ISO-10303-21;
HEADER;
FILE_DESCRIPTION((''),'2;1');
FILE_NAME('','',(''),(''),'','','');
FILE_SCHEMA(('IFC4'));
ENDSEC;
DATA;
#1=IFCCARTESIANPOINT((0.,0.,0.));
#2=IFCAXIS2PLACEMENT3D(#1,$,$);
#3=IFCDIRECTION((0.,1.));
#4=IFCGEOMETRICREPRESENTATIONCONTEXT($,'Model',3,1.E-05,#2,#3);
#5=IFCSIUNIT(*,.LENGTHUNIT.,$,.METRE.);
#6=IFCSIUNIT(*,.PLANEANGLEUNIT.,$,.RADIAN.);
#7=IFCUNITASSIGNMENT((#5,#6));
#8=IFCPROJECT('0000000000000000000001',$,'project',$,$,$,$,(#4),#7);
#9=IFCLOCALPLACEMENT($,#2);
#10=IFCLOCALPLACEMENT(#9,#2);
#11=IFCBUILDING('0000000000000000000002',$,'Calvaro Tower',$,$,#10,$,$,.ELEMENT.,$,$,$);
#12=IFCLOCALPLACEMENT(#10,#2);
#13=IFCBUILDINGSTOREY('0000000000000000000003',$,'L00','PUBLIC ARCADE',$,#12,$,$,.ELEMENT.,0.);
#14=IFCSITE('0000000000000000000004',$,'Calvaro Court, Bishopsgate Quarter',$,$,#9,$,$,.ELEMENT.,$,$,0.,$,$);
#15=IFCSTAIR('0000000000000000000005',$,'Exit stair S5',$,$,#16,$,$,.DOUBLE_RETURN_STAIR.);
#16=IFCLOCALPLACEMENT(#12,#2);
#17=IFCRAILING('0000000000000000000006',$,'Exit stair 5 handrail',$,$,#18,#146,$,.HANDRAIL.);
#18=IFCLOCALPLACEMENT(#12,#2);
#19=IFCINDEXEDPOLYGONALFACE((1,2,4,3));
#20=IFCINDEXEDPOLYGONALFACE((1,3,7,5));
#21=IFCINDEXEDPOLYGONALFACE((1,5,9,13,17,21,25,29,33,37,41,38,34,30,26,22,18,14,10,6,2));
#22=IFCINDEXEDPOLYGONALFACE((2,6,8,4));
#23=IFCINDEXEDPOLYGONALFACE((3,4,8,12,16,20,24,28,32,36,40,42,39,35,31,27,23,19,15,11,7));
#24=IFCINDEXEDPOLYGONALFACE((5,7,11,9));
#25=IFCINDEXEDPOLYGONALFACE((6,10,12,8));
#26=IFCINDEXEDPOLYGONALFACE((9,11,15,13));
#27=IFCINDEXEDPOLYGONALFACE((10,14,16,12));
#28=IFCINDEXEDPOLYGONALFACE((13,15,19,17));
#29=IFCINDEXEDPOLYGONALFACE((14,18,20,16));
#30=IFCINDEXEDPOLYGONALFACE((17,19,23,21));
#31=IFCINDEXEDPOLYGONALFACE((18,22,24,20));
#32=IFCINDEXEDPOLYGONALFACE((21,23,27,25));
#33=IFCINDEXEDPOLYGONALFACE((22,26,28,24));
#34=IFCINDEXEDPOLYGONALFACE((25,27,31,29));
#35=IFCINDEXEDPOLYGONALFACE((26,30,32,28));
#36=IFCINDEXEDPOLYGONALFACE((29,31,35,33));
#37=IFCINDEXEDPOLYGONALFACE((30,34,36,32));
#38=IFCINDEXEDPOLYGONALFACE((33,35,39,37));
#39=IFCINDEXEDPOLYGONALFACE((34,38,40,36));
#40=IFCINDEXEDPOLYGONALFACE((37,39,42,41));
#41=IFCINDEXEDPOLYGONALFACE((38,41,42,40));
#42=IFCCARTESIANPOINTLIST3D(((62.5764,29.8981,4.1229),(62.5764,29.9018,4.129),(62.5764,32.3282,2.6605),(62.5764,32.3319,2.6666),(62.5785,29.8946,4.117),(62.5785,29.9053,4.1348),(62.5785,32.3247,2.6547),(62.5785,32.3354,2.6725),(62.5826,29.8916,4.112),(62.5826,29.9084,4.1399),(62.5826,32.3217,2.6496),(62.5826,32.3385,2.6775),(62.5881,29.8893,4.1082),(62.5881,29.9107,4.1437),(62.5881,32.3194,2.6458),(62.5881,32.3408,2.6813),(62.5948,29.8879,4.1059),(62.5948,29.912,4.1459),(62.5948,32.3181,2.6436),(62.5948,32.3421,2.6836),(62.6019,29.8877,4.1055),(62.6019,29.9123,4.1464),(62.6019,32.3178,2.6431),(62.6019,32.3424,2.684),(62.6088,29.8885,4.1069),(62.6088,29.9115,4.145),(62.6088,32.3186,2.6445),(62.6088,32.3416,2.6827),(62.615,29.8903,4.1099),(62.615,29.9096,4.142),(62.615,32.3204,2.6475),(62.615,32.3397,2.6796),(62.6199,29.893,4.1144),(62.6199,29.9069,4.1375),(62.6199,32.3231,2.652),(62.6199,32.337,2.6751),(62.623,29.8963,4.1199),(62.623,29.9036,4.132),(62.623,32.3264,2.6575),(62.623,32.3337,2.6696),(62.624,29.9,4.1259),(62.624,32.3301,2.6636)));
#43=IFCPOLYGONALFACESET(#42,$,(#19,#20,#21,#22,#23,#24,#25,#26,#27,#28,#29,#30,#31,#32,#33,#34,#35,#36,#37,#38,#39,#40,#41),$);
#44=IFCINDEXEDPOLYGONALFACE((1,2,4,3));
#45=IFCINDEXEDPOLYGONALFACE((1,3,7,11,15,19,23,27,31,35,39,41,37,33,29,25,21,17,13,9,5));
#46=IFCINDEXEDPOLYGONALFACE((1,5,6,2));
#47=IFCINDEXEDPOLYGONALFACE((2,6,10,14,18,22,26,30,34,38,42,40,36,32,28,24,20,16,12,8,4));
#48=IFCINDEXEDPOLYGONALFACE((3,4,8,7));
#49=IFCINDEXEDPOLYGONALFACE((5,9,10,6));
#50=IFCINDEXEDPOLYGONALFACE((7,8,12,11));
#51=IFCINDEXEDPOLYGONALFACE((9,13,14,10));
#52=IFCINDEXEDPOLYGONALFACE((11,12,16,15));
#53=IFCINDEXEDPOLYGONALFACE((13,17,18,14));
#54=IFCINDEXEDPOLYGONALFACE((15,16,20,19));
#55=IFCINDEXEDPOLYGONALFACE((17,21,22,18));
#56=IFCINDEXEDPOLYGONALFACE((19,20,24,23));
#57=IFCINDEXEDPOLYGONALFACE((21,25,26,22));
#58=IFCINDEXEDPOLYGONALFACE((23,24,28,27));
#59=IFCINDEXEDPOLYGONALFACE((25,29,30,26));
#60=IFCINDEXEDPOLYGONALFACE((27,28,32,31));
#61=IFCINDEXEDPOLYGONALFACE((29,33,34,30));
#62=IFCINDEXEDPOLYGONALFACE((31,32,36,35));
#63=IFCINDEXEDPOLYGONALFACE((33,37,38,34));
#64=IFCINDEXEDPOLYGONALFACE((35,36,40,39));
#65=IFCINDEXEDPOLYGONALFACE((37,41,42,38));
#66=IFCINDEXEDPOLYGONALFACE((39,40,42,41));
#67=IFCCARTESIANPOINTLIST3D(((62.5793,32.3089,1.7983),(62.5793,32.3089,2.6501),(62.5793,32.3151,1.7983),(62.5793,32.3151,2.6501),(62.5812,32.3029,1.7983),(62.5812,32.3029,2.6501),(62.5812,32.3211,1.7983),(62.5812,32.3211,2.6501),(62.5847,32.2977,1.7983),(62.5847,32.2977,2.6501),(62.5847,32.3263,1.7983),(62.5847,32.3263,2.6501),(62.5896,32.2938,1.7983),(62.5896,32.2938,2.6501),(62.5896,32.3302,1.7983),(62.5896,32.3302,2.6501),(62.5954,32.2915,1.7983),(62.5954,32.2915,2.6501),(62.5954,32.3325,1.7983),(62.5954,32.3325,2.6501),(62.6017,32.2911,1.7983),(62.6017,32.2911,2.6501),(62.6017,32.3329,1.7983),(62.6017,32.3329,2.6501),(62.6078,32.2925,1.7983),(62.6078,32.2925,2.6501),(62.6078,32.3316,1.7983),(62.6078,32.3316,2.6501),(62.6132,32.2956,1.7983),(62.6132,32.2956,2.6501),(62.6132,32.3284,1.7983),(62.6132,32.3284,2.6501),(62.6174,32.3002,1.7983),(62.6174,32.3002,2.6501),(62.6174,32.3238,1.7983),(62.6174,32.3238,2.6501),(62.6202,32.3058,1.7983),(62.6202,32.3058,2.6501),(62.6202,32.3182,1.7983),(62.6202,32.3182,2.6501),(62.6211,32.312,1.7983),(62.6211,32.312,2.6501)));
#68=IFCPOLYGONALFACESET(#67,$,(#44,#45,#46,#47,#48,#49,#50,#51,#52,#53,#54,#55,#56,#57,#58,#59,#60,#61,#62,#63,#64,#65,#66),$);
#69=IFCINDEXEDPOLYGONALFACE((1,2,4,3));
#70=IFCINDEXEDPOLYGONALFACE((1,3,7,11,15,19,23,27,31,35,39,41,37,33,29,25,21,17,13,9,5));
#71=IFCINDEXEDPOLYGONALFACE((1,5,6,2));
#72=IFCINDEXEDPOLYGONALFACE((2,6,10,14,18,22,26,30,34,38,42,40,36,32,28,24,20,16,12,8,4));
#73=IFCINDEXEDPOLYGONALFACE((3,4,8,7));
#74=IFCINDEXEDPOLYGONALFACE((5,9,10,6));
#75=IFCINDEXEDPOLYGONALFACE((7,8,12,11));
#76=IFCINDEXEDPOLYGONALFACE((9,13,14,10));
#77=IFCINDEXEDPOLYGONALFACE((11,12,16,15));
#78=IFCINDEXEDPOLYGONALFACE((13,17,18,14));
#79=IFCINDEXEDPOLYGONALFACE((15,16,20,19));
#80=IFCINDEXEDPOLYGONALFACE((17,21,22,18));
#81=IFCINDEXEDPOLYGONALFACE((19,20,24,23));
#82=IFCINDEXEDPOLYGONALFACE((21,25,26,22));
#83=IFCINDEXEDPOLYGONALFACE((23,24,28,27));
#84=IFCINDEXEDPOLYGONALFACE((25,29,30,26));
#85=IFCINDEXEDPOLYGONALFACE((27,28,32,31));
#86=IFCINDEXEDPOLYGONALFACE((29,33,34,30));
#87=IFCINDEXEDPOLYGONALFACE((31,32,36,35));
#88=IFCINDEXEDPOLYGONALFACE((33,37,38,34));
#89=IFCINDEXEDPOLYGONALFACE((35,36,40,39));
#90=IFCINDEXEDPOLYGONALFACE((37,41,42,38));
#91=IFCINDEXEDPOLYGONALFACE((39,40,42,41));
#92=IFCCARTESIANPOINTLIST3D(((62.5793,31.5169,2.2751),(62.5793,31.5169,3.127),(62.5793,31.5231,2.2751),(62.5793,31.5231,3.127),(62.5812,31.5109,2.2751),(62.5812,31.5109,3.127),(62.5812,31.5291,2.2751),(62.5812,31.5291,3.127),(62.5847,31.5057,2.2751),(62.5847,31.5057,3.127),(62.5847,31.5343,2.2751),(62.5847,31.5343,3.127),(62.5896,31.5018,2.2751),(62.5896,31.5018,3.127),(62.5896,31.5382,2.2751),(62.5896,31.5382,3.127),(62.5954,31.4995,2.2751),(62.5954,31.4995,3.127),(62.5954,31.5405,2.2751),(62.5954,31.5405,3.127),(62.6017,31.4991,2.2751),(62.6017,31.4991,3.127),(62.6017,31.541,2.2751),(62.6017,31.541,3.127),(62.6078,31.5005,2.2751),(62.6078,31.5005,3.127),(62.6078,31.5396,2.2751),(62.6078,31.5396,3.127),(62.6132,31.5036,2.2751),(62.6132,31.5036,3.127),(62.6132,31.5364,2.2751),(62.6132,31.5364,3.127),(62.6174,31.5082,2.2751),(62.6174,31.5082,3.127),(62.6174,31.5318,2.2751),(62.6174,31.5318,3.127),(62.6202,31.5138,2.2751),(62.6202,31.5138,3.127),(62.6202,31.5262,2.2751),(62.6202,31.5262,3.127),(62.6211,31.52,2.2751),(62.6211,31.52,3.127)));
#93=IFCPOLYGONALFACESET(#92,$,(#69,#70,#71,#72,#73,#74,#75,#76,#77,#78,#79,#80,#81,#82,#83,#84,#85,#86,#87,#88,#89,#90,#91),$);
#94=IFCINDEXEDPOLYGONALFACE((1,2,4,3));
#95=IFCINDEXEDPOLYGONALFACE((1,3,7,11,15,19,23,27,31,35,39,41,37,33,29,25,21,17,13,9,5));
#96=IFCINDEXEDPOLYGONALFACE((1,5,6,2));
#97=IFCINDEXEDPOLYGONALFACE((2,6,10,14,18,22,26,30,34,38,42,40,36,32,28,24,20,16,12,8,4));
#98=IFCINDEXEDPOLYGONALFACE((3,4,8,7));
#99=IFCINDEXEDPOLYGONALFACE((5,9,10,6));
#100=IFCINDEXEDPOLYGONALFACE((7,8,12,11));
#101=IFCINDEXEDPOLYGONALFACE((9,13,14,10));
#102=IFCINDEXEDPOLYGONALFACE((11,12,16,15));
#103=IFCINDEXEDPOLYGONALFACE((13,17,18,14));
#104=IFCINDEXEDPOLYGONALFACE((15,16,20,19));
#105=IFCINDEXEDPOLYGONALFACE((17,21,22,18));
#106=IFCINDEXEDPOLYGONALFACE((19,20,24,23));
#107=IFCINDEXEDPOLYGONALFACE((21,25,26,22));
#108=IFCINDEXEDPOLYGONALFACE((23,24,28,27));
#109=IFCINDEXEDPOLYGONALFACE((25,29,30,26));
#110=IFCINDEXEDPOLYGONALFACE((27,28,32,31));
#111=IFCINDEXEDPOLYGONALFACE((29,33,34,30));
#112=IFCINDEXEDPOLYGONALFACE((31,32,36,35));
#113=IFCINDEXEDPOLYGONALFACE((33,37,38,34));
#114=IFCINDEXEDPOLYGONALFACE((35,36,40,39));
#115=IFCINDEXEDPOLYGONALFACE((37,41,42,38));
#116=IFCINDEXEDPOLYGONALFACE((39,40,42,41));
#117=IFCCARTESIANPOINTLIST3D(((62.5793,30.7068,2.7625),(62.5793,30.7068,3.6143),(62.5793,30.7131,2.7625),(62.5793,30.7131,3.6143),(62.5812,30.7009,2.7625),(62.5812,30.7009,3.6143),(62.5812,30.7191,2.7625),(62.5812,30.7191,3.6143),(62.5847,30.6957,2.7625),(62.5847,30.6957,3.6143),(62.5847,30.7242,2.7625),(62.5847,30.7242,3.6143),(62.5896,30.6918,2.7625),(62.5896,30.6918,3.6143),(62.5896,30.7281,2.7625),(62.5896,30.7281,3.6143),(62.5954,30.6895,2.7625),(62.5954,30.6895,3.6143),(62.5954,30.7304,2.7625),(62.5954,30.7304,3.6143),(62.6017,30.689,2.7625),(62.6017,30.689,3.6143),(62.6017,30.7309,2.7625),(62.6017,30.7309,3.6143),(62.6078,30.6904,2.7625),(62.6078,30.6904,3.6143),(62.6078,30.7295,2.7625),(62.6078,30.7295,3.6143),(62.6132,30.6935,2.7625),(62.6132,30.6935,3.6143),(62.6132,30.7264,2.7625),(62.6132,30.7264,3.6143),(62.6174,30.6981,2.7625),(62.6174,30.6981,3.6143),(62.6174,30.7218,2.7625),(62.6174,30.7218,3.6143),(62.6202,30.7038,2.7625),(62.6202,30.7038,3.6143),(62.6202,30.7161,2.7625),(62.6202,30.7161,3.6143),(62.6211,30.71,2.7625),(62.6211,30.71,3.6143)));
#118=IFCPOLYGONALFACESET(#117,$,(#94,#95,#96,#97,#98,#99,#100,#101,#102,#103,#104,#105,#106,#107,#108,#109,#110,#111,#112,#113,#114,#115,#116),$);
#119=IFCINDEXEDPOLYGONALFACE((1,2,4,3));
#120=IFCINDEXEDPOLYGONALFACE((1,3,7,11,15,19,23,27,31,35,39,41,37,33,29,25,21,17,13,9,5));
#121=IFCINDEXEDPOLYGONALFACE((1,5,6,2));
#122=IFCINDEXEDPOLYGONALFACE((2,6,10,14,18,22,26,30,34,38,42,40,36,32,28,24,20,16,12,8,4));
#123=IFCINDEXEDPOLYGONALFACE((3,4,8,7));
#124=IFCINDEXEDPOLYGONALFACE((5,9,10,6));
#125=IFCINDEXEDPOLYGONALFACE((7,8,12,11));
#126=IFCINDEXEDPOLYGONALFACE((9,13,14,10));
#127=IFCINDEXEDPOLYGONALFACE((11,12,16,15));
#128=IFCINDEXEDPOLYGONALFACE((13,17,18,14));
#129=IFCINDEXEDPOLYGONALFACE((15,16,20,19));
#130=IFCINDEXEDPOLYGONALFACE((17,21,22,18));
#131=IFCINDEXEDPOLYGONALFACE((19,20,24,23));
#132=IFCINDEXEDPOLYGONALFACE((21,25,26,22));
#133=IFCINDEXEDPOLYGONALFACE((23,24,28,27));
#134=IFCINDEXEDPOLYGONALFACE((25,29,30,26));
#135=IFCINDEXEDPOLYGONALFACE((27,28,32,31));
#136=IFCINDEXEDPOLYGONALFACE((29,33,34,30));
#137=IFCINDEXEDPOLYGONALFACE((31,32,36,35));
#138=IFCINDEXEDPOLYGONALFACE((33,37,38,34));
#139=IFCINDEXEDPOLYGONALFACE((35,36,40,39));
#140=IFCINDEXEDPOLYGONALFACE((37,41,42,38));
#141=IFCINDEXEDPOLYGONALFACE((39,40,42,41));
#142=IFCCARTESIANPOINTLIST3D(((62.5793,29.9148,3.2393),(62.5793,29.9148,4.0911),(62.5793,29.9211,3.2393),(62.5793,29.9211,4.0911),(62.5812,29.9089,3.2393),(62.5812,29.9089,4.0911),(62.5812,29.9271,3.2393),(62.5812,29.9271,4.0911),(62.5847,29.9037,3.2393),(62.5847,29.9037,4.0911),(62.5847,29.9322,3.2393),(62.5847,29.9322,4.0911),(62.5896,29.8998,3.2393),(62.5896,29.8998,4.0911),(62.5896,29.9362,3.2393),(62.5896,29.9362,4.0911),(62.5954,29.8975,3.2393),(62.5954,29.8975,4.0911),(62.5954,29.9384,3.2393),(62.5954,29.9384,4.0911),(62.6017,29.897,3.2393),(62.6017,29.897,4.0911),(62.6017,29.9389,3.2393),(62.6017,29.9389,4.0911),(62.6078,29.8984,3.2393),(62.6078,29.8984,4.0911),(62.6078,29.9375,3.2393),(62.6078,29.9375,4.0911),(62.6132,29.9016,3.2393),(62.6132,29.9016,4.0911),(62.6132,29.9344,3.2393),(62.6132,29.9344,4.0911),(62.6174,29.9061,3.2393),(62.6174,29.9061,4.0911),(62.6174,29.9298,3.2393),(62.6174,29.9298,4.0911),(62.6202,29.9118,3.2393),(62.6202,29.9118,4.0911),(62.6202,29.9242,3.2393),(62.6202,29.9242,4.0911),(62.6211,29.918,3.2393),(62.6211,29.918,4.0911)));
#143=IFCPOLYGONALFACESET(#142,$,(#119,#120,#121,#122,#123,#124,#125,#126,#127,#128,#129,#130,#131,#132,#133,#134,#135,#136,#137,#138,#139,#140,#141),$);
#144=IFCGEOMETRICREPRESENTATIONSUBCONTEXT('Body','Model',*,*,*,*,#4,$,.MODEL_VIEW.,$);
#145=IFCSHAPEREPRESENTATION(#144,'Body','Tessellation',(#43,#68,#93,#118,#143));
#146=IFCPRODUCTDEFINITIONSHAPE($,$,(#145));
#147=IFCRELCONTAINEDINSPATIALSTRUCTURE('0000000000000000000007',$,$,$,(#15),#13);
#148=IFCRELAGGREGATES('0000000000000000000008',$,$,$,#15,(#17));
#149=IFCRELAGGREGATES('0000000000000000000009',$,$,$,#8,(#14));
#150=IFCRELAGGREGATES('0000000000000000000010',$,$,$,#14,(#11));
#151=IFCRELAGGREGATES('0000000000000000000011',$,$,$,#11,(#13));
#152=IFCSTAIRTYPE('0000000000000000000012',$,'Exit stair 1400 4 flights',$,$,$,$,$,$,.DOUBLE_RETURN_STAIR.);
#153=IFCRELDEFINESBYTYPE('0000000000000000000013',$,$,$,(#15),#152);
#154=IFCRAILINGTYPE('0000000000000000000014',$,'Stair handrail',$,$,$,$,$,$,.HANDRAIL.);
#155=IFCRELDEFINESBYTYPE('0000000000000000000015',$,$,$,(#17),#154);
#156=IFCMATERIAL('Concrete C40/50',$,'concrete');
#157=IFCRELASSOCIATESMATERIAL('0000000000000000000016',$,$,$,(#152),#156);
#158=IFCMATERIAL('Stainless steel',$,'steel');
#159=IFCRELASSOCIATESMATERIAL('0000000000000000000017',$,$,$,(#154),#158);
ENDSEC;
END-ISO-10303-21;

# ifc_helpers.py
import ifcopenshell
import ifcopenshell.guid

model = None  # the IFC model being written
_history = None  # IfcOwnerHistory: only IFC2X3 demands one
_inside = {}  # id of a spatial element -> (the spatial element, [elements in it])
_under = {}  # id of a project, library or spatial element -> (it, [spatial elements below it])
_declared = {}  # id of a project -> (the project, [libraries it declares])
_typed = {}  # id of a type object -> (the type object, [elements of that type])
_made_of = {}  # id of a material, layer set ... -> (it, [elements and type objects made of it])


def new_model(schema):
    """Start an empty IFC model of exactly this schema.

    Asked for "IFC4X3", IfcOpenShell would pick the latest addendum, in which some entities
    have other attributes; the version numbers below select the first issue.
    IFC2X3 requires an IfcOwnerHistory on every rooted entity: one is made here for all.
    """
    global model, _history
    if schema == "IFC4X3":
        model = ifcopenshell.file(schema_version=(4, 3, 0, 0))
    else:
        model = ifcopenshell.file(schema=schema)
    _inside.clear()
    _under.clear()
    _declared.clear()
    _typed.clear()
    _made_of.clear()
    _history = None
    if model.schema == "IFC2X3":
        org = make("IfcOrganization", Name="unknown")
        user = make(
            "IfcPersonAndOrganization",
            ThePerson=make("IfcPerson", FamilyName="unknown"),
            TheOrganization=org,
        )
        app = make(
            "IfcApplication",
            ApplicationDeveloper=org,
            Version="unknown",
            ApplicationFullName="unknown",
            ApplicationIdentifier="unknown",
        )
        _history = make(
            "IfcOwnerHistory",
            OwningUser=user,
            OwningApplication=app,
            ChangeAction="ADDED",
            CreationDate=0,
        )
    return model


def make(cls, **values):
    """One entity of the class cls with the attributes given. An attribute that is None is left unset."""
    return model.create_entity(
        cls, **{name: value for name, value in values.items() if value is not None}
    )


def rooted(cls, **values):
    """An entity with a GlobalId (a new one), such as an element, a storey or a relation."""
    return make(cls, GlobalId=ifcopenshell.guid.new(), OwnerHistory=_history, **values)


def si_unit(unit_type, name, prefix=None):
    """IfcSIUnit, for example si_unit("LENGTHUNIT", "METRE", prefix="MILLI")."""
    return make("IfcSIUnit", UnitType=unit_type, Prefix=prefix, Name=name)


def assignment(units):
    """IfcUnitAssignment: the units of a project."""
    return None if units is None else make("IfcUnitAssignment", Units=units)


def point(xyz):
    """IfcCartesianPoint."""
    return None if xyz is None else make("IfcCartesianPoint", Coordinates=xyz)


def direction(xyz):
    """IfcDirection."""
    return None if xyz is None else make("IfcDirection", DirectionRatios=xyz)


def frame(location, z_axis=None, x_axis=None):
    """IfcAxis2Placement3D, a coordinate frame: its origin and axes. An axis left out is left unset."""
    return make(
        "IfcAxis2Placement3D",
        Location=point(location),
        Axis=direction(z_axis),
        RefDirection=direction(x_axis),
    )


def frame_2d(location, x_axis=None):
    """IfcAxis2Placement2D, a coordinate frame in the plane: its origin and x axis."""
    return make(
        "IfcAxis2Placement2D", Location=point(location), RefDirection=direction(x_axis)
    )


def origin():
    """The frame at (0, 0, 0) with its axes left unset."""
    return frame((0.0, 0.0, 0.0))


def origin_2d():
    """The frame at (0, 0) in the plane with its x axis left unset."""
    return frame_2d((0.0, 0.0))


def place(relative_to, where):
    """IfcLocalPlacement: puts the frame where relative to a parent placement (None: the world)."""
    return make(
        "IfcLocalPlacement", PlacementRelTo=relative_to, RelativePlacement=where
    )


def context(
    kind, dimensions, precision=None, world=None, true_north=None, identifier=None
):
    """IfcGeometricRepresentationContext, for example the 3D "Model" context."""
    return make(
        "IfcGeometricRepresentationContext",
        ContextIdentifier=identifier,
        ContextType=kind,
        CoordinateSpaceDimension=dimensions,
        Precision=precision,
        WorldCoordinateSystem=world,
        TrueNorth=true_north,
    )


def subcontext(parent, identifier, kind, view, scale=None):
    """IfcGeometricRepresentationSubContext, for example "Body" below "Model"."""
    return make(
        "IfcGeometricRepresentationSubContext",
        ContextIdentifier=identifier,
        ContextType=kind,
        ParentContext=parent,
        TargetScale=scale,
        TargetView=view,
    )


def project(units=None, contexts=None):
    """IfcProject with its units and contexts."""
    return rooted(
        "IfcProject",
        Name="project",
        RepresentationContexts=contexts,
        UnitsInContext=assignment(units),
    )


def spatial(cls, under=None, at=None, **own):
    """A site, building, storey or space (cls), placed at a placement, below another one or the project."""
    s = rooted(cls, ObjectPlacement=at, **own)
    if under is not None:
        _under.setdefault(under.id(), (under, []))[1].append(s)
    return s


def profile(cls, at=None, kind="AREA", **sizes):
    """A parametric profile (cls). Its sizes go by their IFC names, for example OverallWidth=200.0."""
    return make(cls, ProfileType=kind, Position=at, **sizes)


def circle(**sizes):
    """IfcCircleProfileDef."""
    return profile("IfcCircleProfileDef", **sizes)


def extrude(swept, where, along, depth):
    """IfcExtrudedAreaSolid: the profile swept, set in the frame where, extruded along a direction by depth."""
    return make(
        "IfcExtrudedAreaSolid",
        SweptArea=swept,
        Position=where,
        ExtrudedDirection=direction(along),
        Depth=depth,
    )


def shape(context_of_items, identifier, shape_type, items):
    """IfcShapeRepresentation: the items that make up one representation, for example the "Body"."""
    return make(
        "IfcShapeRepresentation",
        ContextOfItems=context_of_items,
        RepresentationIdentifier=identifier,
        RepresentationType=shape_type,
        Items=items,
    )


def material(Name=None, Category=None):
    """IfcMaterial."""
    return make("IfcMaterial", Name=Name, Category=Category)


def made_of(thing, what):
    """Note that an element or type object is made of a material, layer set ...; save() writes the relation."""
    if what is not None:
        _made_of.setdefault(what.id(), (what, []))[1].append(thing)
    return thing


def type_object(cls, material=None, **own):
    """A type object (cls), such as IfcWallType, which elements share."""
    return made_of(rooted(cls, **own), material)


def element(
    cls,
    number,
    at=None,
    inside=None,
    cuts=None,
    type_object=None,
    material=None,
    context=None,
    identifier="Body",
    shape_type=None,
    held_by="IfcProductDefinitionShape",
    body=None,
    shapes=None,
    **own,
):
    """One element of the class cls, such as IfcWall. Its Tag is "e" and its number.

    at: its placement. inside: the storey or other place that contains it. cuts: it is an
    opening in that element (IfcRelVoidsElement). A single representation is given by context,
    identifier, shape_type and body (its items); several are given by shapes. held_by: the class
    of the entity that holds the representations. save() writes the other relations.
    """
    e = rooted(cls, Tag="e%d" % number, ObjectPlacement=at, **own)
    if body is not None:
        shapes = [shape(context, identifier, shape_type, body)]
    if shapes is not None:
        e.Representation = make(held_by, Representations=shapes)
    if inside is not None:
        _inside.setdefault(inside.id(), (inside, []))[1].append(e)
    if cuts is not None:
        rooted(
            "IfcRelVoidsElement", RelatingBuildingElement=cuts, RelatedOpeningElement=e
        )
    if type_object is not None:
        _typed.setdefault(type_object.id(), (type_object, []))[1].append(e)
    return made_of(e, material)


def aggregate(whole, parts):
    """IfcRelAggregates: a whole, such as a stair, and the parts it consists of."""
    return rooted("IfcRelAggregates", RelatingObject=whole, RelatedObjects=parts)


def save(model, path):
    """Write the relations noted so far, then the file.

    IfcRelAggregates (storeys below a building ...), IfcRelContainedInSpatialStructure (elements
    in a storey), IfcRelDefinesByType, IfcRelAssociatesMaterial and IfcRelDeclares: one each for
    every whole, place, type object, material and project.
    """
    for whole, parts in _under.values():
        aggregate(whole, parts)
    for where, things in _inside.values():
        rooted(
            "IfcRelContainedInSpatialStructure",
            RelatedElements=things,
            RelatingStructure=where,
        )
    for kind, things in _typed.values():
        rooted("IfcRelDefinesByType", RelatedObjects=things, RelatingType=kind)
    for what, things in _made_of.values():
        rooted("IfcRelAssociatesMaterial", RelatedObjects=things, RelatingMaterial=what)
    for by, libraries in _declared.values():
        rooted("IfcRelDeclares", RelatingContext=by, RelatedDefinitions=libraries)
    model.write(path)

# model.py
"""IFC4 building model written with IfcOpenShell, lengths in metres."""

from ifc_helpers import new_model, si_unit, direction, frame, origin, origin_2d, place, context, subcontext, project, spatial, circle, extrude, material, type_object, element, aggregate, save


model = new_model("IFC4")

# Units and contexts
model_context = context("Model", 3, precision=1e-05, world=origin(), true_north=direction((0.0, 1.0)))
body_context = subcontext(model_context, "Body", "Model", "MODEL_VIEW")
ifc_project = project(units=[si_unit("LENGTHUNIT", "METRE"), si_unit("PLANEANGLEUNIT", "RADIAN")], contexts=[model_context])

# Site, building, storey
site_placement = place(None, origin())
site = spatial("IfcSite", under=ifc_project, at=site_placement, Name="Calvaro Court, Bishopsgate Quarter", CompositionType="ELEMENT", RefElevation=0.0)
building_placement = place(site_placement, origin())
building = spatial("IfcBuilding", under=site, at=building_placement, Name="Calvaro Tower", CompositionType="ELEMENT")
storey_placement = place(building_placement, origin())
storey = spatial("IfcBuildingStorey", under=building, at=storey_placement, Name="L00", Description="PUBLIC ARCADE", CompositionType="ELEMENT", Elevation=0.0)

# Stair, railing
ifc_material_1 = material(Name="Concrete C40/50", Category="concrete")
stair_type = type_object("IfcStairType", Name="Exit stair 1400 4 flights", PredefinedType="DOUBLE_RETURN_STAIR", material=ifc_material_1)
stair_placement = place(storey_placement, origin())
stair = element("IfcStair", 1, at=stair_placement, inside=storey, type_object=stair_type, Name="Exit stair S5", PredefinedType="DOUBLE_RETURN_STAIR")
ifc_material_2 = material(Name="Stainless steel", Category="steel")
railing_type = type_object("IfcRailingType", Name="Stair handrail", PredefinedType="HANDRAIL", material=ifc_material_2)
railing_1_placement = place(storey_placement, frame((62.6001, 32.3301, 1.7876)))
railing_1 = element("IfcRailing", 2, at=railing_1_placement, type_object=railing_type, Name="Exit stair 5 handrail", PredefinedType="HANDRAIL", context=body_context, shape_type="SweptSolid", body=[
    extrude(circle(Radius=0.0239, at=origin_2d()), frame((0.0, 0.0, 0.876), z_axis=(0.0, -0.856824, 0.515609), x_axis=(1.0, 0.0, 0.0)), (0.0, 0.0, 1.0), 2.8362),
    extrude(circle(Radius=0.021, at=origin_2d()), frame((0.0, -0.0181, 0.0107)), (0.0, 0.0, 1.0), 0.8518),
    extrude(circle(Radius=0.021, at=origin_2d()), frame((0.0, -0.8101, 0.4875)), (0.0, 0.0, 1.0), 0.8518),
    extrude(circle(Radius=0.021, at=origin_2d()), frame((0.0, -1.6201, 0.9749)), (0.0, 0.0, 1.0), 0.8518),
    extrude(circle(Radius=0.021, at=origin_2d()), frame((0.0, -2.4121, 1.4517)), (0.0, 0.0, 1.0), 0.8518),
])
aggregate(stair, [railing_1])

save(model, "model.ifc")
